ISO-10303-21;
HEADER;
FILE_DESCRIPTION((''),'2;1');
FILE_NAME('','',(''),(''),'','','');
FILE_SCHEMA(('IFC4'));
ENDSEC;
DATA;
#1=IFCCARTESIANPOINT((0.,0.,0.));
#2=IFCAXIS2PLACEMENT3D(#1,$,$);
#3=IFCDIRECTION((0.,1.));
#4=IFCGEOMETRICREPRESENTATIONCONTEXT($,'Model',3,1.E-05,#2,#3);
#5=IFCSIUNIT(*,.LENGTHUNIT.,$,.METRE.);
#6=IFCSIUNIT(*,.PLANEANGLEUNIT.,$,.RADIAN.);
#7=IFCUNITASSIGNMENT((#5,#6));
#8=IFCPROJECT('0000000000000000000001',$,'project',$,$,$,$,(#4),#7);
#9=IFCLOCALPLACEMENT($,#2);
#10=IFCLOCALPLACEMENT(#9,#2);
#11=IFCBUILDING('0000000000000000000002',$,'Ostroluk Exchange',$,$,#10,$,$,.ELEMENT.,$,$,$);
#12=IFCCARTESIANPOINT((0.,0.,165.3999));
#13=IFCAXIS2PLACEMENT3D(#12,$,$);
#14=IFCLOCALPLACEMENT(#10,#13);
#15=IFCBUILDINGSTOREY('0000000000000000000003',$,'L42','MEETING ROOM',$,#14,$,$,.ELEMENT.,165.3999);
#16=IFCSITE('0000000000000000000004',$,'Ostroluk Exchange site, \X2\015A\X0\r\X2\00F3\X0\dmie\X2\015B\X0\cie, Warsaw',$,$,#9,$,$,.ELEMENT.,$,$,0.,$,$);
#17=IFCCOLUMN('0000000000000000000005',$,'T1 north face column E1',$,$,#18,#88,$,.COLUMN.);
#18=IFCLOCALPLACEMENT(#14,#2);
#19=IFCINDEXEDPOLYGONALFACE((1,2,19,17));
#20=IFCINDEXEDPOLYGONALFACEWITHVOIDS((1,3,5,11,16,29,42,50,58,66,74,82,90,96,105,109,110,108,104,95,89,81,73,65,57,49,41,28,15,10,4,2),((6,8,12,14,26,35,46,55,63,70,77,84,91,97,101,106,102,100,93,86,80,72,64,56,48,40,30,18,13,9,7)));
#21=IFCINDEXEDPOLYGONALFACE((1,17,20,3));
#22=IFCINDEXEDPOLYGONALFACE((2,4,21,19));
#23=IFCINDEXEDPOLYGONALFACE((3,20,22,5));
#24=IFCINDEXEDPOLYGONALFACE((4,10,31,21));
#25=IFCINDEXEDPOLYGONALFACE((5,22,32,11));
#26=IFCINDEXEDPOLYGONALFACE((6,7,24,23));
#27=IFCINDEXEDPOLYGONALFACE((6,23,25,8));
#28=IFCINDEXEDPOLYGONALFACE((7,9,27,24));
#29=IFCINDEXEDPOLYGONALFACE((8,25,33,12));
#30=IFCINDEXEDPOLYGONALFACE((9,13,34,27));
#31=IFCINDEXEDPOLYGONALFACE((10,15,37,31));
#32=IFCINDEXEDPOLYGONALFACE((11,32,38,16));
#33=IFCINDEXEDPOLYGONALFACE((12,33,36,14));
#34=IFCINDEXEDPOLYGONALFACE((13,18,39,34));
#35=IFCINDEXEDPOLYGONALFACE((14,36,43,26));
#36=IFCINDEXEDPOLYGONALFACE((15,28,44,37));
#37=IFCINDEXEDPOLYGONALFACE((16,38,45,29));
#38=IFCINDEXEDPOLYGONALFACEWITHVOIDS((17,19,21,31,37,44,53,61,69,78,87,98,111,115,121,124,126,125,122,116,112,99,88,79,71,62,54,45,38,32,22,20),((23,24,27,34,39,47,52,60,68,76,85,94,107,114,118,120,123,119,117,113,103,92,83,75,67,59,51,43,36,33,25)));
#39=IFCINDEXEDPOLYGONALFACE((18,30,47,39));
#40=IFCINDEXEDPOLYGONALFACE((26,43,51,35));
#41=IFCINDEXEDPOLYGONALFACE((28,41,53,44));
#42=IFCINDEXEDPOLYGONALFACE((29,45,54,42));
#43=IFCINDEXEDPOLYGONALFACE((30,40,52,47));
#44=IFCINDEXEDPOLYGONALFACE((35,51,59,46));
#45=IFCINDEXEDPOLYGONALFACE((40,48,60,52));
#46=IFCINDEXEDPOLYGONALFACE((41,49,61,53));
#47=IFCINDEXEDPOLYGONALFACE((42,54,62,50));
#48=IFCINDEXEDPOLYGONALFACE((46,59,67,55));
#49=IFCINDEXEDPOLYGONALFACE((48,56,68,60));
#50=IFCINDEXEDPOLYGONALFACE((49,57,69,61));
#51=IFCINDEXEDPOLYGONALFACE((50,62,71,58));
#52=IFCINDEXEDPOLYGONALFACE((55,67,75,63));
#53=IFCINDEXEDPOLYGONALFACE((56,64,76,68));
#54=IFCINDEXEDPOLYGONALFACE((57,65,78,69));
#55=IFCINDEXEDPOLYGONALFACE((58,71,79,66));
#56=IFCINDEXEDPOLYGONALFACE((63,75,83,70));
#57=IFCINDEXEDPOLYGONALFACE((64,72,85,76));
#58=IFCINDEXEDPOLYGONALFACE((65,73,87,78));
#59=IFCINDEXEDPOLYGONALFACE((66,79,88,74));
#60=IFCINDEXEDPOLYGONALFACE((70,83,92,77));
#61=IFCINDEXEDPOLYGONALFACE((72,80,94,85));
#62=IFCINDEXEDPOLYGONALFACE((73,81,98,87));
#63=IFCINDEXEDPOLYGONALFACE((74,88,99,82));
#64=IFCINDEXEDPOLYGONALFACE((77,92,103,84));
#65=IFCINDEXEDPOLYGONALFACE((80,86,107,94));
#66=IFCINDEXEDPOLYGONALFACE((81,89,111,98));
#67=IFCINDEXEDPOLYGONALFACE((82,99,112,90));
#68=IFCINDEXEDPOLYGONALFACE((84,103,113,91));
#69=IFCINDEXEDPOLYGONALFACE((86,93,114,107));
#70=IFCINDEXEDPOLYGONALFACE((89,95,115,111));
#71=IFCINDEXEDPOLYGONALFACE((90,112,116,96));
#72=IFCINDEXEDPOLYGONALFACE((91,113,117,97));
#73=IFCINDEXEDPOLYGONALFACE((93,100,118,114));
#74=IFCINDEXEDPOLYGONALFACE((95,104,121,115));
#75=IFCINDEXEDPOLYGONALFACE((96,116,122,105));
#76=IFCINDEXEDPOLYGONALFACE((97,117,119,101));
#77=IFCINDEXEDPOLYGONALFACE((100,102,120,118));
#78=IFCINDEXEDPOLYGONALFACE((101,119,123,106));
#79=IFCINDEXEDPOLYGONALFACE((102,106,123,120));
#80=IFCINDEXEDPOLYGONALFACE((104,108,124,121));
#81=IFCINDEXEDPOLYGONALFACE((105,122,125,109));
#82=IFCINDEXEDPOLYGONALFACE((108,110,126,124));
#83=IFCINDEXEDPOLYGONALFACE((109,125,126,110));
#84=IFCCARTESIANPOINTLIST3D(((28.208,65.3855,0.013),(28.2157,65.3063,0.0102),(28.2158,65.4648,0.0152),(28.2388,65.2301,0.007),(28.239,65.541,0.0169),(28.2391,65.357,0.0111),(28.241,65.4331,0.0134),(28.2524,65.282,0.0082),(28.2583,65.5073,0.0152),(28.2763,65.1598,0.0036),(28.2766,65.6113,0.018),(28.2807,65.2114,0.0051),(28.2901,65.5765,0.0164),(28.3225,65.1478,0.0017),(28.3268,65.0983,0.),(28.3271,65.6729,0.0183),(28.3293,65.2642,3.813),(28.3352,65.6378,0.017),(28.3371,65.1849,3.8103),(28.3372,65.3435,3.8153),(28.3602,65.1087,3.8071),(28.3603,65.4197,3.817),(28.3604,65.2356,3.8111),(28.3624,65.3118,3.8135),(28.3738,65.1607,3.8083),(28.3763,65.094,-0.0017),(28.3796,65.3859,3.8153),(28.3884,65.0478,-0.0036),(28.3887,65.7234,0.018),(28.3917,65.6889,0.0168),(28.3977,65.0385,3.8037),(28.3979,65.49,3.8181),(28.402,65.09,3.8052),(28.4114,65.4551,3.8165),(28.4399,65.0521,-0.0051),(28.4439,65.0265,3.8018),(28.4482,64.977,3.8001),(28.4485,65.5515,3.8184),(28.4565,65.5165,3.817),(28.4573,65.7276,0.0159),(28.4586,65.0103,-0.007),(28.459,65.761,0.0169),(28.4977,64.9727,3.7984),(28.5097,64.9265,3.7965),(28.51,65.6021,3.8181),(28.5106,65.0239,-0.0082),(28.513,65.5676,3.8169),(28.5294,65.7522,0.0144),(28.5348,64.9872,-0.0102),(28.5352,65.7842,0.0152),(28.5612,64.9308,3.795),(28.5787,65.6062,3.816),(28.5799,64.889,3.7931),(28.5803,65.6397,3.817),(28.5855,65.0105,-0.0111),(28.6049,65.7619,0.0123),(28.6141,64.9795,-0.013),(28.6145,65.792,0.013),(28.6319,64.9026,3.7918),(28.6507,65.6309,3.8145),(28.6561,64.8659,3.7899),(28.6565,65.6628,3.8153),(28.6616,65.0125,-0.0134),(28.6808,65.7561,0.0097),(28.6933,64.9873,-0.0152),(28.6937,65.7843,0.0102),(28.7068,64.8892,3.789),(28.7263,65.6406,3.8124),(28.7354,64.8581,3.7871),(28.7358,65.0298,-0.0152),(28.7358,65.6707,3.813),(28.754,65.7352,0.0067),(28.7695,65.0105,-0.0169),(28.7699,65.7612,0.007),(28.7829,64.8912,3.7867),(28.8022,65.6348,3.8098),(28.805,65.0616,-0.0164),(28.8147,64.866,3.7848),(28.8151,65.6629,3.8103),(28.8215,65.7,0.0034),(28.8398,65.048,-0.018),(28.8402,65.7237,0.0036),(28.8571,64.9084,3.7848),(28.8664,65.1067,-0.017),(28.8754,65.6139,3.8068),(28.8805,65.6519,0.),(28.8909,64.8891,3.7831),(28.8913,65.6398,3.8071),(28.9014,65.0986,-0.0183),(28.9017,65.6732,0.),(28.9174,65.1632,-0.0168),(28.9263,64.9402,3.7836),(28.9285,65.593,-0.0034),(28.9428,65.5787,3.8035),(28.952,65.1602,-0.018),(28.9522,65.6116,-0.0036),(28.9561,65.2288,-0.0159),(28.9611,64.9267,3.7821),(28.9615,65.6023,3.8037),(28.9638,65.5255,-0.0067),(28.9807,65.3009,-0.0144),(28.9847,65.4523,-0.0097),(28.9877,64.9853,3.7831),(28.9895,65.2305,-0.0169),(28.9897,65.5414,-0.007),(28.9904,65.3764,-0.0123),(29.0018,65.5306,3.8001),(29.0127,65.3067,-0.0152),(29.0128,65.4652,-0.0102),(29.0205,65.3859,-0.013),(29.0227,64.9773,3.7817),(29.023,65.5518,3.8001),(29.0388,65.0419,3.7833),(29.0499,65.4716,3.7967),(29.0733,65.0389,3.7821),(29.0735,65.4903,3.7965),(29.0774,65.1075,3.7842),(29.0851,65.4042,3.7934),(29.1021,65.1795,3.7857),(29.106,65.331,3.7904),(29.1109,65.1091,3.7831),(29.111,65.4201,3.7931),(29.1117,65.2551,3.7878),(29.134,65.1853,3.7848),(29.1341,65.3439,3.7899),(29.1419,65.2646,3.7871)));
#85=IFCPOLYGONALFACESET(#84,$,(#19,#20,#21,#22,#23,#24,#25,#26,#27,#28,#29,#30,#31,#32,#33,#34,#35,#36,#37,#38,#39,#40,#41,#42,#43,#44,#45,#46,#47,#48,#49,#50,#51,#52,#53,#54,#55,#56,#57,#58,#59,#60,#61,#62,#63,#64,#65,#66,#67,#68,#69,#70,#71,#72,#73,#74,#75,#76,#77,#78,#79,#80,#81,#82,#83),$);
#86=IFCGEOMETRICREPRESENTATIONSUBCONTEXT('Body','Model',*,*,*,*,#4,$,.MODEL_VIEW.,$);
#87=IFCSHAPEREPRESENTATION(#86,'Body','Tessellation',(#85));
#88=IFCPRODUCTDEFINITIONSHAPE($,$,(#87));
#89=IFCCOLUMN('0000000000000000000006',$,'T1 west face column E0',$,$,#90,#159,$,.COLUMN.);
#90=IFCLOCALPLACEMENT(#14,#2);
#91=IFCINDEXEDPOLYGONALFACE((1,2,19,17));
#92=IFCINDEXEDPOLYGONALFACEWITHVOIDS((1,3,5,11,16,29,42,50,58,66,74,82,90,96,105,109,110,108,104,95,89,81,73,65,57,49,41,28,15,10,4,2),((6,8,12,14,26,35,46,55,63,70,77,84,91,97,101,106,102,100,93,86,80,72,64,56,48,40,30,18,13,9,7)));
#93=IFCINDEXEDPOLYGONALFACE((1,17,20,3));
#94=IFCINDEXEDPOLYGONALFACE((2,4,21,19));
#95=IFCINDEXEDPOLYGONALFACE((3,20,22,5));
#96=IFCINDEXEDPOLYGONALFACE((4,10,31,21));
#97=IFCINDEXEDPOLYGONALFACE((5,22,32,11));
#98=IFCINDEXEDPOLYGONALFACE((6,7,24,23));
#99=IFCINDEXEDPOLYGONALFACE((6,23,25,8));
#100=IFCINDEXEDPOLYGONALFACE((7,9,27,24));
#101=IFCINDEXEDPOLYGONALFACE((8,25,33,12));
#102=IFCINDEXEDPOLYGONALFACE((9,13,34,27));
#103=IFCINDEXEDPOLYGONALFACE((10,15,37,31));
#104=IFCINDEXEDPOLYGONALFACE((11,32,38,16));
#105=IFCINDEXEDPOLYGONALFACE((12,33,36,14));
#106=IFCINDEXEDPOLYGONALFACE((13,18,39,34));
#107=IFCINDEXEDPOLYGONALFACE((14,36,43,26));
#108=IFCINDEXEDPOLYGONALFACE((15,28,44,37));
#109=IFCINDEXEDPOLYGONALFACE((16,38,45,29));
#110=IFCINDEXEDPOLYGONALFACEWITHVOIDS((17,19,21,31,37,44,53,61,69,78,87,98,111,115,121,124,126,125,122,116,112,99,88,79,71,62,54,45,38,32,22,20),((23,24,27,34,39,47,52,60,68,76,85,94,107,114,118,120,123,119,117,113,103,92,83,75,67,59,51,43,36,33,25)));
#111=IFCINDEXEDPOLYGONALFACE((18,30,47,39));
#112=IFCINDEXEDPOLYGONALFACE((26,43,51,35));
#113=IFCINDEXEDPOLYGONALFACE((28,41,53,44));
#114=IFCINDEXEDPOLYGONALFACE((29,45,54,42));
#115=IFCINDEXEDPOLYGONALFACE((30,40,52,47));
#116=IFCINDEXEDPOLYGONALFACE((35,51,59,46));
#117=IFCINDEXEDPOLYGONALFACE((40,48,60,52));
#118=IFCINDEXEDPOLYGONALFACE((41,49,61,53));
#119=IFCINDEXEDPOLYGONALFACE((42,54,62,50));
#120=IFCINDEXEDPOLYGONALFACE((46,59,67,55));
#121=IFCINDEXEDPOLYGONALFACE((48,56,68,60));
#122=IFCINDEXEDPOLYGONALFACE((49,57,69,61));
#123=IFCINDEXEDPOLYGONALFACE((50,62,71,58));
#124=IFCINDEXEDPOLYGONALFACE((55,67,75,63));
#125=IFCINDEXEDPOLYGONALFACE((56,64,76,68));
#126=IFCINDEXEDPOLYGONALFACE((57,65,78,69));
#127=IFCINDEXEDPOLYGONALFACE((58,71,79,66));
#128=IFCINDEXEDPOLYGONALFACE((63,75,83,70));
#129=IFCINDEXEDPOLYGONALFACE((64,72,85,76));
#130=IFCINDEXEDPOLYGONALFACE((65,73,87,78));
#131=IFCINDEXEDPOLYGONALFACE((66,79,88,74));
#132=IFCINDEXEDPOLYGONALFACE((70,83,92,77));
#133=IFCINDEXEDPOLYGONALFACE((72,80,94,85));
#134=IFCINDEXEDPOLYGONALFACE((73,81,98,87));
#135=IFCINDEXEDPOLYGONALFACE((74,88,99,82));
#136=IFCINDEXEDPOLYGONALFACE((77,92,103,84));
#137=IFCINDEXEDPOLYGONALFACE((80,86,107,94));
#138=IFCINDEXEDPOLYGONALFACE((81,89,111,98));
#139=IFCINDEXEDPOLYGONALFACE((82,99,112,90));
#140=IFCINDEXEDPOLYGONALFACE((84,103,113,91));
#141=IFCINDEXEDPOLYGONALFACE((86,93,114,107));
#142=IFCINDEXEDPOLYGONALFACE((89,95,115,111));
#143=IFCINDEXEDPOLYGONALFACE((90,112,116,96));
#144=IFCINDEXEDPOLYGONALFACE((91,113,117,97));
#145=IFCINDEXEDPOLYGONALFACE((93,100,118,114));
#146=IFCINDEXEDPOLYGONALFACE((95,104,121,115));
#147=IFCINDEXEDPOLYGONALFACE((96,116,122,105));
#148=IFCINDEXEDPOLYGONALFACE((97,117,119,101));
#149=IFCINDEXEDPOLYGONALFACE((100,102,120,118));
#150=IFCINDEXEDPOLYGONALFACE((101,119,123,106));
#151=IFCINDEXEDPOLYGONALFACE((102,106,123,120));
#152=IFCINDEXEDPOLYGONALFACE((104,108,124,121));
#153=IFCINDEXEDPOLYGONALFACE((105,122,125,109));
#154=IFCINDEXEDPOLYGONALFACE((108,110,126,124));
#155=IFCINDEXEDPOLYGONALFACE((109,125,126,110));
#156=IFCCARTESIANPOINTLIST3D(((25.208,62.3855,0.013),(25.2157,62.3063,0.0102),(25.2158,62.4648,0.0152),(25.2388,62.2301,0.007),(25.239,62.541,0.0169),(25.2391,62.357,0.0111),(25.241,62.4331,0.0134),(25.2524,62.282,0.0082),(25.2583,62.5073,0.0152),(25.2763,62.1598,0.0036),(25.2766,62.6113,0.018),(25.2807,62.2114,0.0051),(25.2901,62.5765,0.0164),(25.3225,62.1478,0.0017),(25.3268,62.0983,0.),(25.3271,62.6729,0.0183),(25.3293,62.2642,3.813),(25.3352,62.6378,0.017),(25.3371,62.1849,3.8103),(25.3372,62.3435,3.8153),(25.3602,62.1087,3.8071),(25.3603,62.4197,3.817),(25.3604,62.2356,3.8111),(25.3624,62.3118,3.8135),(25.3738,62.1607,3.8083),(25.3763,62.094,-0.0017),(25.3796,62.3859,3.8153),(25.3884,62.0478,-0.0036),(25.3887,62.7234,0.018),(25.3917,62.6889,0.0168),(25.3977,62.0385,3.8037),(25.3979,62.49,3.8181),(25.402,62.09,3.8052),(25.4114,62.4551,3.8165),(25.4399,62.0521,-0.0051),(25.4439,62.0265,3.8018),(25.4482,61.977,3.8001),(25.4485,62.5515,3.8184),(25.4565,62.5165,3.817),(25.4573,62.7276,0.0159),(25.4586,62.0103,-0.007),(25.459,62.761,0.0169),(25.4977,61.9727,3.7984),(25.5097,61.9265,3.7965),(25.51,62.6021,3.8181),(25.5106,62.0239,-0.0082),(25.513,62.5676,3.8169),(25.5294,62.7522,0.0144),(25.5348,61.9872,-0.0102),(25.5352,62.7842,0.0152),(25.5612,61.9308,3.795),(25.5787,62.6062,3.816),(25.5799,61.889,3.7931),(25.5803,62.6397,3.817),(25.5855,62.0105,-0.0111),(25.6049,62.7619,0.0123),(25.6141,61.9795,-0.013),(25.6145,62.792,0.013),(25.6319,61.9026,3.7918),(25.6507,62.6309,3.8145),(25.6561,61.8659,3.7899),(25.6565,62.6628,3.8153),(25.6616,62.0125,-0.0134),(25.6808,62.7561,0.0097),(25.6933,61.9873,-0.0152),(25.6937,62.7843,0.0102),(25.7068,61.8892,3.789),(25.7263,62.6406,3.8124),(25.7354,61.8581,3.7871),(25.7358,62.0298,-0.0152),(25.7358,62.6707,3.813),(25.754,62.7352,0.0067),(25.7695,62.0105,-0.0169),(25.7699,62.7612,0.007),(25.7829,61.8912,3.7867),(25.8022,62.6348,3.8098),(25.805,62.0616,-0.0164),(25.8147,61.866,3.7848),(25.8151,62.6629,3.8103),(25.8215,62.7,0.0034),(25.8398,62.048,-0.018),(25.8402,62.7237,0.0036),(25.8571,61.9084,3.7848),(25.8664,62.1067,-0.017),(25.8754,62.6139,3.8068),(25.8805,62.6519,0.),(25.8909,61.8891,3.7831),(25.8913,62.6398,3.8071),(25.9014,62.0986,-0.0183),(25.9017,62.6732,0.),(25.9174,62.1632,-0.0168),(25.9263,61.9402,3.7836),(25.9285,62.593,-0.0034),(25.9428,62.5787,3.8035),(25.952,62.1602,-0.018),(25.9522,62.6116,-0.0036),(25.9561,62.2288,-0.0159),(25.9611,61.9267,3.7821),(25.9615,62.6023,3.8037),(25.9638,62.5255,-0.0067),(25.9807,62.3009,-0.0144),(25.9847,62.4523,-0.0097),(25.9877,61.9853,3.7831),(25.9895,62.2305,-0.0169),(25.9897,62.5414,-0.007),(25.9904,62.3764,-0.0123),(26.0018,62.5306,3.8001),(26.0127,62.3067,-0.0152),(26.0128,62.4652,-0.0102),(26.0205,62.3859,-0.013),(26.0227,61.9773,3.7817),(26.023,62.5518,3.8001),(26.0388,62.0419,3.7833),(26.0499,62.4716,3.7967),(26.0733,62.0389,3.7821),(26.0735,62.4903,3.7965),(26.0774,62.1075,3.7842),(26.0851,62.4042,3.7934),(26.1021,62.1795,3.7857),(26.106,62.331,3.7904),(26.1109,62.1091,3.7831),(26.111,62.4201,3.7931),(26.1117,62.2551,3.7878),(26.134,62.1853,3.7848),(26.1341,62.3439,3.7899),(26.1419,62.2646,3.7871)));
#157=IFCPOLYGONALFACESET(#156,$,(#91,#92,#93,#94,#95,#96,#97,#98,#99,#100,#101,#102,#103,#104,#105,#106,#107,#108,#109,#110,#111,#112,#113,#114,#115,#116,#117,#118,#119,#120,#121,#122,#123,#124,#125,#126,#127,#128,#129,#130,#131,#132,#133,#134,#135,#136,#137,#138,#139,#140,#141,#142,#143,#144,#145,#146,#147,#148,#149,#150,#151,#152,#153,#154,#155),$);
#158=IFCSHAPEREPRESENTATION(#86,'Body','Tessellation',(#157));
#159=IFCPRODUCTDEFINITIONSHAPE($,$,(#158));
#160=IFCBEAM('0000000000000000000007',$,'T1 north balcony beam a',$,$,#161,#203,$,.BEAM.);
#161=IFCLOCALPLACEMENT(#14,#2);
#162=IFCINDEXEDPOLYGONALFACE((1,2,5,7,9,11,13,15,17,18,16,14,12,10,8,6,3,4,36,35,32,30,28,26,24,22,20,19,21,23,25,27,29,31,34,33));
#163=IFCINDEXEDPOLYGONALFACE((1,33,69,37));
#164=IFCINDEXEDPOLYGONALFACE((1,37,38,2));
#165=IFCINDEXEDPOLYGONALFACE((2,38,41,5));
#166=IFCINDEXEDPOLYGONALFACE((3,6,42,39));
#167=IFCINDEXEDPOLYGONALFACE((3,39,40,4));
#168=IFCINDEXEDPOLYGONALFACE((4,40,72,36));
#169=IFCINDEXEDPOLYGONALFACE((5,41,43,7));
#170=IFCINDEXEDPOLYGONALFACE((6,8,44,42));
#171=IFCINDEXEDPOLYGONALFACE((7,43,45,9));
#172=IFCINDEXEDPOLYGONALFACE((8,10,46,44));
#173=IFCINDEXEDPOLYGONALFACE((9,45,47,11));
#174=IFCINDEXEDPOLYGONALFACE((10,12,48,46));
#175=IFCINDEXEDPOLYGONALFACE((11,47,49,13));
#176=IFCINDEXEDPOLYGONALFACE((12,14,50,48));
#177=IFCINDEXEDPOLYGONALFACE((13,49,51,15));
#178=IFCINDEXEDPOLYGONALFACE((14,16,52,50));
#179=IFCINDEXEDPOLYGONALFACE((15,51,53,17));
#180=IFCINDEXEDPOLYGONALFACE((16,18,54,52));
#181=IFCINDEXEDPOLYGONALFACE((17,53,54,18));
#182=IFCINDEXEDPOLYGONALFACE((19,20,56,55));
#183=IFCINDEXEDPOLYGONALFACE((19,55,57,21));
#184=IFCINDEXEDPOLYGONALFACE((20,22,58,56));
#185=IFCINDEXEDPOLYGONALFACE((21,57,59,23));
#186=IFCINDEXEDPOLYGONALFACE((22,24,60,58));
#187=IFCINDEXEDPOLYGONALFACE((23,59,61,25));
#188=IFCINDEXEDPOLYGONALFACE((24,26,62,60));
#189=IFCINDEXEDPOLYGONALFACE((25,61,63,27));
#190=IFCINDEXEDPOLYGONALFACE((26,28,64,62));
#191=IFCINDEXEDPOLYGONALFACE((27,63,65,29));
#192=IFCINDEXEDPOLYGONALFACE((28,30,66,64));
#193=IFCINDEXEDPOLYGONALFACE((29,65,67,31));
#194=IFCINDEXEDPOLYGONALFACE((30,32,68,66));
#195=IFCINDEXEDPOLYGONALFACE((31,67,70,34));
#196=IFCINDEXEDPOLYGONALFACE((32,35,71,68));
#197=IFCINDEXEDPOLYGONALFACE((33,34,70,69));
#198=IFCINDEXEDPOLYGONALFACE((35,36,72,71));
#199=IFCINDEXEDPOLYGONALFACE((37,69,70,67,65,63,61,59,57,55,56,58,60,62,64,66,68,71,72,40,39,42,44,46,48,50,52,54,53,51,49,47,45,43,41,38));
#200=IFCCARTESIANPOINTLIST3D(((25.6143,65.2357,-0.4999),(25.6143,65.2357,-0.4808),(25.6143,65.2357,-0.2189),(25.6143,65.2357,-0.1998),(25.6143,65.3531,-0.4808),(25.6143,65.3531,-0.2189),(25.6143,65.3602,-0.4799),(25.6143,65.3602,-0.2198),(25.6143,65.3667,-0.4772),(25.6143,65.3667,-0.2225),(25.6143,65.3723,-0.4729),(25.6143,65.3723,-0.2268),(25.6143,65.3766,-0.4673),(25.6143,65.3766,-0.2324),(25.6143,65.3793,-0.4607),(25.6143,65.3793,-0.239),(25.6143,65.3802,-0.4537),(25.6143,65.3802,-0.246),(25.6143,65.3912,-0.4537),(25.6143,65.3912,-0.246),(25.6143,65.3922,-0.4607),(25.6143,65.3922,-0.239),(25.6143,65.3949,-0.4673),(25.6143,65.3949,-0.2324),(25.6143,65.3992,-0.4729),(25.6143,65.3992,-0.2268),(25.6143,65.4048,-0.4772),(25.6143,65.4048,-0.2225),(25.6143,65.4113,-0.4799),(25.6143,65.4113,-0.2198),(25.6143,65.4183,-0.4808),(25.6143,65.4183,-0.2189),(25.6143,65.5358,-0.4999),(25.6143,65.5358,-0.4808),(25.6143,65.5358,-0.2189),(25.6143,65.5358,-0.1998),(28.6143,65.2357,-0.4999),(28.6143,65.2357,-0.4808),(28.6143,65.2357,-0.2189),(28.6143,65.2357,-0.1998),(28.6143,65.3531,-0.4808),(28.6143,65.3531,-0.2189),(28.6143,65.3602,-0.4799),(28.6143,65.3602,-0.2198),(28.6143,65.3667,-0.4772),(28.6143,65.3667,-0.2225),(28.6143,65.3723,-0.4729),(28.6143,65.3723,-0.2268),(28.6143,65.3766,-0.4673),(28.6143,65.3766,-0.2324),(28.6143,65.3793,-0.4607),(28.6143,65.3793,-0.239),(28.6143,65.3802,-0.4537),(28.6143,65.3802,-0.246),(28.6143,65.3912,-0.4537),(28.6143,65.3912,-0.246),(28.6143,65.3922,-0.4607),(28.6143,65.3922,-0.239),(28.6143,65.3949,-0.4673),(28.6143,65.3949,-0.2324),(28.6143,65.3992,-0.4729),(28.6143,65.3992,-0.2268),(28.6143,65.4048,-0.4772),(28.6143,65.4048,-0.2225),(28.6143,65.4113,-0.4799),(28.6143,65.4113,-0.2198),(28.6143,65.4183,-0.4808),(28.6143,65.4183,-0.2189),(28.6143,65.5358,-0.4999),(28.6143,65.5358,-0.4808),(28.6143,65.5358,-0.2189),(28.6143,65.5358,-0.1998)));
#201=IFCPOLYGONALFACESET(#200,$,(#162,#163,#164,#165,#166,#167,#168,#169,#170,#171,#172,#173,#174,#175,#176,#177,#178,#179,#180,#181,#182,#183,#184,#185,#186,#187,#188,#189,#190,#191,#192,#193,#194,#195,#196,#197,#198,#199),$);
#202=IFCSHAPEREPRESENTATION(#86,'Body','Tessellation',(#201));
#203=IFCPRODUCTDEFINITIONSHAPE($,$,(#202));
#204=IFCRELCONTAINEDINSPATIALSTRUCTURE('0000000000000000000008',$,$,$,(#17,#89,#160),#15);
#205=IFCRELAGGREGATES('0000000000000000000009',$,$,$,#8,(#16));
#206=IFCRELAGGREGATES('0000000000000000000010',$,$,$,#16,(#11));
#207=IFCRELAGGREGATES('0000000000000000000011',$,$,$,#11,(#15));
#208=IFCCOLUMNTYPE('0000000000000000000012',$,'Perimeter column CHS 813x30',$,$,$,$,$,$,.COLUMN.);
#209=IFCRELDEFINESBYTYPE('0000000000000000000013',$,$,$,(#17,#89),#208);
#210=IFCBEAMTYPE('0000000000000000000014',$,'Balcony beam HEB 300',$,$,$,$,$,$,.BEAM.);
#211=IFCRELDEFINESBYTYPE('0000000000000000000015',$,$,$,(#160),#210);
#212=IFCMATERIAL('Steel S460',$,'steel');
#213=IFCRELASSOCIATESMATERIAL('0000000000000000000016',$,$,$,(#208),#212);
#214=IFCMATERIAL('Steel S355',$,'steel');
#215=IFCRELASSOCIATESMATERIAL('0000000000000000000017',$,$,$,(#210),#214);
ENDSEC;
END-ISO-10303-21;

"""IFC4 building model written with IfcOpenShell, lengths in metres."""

from ifc_helpers import new_model, si_unit, direction, frame, origin, origin_2d, place, context, subcontext, project, spatial, hollow_circle, i_section, extrude, material, material_profile, profile_set, type_object, element, save


model = new_model("IFC4")

# Units and contexts
model_context = context("Model", 3, precision=1e-05, world=origin(), true_north=direction((0.0, 1.0)))
body_context = subcontext(model_context, "Body", "Model", "MODEL_VIEW")
ifc_project = project(units=[si_unit("LENGTHUNIT", "METRE"), si_unit("PLANEANGLEUNIT", "RADIAN")], contexts=[model_context])

# Site, building, storey
site_placement = place(None, origin())
site = spatial("IfcSite", under=ifc_project, at=site_placement, Name="Ostroluk Exchange site, Śródmieście, Warsaw", CompositionType="ELEMENT", RefElevation=0.0)
building_placement = place(site_placement, origin())
building = spatial("IfcBuilding", under=site, at=building_placement, Name="Ostroluk Exchange", CompositionType="ELEMENT")
storey_placement = place(building_placement, frame((0.0, 0.0, 165.3999)))
storey = spatial("IfcBuildingStorey", under=building, at=storey_placement, Name="L42", Description="MEETING ROOM", CompositionType="ELEMENT", Elevation=165.3999)

# Columns
ifc_material_1 = material(Name="Steel S460", Category="steel")
ifc_material_profile_1 = material_profile(ifc_material_1, hollow_circle(Radius=0.4065, WallThickness=0.03, at=origin_2d()), Name="CHS 813x30")
ifc_profile_set_1 = profile_set([ifc_material_profile_1], Name="Steel S460")
column_type = type_object("IfcColumnType", Name="Perimeter column CHS 813x30", PredefinedType="COLUMN", material=ifc_profile_set_1)
for number, where, z_axis, x_axis, name in (
    (1, (28.6143, 65.3857, 0.0), (0.031898, -0.031898, 0.998982), (0.707107, 0.707107, 0.0), "T1 north face column E1"),
    (2, (25.6143, 62.3857, 0.0), (0.031898, -0.031898, 0.998982), (0.707107, 0.707107, 0.0), "T1 west face column E0"),
):
    element("IfcColumn", number, at=place(storey_placement, frame(where, z_axis=z_axis, x_axis=x_axis)), inside=storey, type_object=column_type, Name=name, PredefinedType="COLUMN", context=body_context, shape_type="SweptSolid", body=[
        extrude(hollow_circle(Radius=0.4065, WallThickness=0.03, at=origin_2d()), origin(), (0.0, 0.0, 1.0), 3.804),
    ])

# Beam
ifc_material_2 = material(Name="Steel S355", Category="steel")
ifc_material_profile_2 = material_profile(ifc_material_2, i_section(OverallWidth=0.3, OverallDepth=0.3, WebThickness=0.011, FlangeThickness=0.019, FilletRadius=0.0271, at=origin_2d()), Name="HEB 300")
ifc_profile_set_2 = profile_set([ifc_material_profile_2], Name="Steel S355")
beam_type = type_object("IfcBeamType", Name="Balcony beam HEB 300", PredefinedType="BEAM", material=ifc_profile_set_2)
for number, where, z_axis, x_axis, name in (
    (3, (28.6143, 65.3857, -0.3499), (-1.0, 0.0, 0.0), (0.0, -1.0, 0.0), "T1 north balcony beam a"),
):
    element("IfcBeam", number, at=place(storey_placement, frame(where, z_axis=z_axis, x_axis=x_axis)), inside=storey, type_object=beam_type, Name=name, PredefinedType="BEAM", context=body_context, shape_type="SweptSolid", body=[
        extrude(i_section(OverallWidth=0.3, OverallDepth=0.3, WebThickness=0.011, FlangeThickness=0.019, FilletRadius=0.0271, at=origin_2d()), origin(), (0.0, 0.0, 1.0), 3.0),
    ])

save(model, "model.ifc")
